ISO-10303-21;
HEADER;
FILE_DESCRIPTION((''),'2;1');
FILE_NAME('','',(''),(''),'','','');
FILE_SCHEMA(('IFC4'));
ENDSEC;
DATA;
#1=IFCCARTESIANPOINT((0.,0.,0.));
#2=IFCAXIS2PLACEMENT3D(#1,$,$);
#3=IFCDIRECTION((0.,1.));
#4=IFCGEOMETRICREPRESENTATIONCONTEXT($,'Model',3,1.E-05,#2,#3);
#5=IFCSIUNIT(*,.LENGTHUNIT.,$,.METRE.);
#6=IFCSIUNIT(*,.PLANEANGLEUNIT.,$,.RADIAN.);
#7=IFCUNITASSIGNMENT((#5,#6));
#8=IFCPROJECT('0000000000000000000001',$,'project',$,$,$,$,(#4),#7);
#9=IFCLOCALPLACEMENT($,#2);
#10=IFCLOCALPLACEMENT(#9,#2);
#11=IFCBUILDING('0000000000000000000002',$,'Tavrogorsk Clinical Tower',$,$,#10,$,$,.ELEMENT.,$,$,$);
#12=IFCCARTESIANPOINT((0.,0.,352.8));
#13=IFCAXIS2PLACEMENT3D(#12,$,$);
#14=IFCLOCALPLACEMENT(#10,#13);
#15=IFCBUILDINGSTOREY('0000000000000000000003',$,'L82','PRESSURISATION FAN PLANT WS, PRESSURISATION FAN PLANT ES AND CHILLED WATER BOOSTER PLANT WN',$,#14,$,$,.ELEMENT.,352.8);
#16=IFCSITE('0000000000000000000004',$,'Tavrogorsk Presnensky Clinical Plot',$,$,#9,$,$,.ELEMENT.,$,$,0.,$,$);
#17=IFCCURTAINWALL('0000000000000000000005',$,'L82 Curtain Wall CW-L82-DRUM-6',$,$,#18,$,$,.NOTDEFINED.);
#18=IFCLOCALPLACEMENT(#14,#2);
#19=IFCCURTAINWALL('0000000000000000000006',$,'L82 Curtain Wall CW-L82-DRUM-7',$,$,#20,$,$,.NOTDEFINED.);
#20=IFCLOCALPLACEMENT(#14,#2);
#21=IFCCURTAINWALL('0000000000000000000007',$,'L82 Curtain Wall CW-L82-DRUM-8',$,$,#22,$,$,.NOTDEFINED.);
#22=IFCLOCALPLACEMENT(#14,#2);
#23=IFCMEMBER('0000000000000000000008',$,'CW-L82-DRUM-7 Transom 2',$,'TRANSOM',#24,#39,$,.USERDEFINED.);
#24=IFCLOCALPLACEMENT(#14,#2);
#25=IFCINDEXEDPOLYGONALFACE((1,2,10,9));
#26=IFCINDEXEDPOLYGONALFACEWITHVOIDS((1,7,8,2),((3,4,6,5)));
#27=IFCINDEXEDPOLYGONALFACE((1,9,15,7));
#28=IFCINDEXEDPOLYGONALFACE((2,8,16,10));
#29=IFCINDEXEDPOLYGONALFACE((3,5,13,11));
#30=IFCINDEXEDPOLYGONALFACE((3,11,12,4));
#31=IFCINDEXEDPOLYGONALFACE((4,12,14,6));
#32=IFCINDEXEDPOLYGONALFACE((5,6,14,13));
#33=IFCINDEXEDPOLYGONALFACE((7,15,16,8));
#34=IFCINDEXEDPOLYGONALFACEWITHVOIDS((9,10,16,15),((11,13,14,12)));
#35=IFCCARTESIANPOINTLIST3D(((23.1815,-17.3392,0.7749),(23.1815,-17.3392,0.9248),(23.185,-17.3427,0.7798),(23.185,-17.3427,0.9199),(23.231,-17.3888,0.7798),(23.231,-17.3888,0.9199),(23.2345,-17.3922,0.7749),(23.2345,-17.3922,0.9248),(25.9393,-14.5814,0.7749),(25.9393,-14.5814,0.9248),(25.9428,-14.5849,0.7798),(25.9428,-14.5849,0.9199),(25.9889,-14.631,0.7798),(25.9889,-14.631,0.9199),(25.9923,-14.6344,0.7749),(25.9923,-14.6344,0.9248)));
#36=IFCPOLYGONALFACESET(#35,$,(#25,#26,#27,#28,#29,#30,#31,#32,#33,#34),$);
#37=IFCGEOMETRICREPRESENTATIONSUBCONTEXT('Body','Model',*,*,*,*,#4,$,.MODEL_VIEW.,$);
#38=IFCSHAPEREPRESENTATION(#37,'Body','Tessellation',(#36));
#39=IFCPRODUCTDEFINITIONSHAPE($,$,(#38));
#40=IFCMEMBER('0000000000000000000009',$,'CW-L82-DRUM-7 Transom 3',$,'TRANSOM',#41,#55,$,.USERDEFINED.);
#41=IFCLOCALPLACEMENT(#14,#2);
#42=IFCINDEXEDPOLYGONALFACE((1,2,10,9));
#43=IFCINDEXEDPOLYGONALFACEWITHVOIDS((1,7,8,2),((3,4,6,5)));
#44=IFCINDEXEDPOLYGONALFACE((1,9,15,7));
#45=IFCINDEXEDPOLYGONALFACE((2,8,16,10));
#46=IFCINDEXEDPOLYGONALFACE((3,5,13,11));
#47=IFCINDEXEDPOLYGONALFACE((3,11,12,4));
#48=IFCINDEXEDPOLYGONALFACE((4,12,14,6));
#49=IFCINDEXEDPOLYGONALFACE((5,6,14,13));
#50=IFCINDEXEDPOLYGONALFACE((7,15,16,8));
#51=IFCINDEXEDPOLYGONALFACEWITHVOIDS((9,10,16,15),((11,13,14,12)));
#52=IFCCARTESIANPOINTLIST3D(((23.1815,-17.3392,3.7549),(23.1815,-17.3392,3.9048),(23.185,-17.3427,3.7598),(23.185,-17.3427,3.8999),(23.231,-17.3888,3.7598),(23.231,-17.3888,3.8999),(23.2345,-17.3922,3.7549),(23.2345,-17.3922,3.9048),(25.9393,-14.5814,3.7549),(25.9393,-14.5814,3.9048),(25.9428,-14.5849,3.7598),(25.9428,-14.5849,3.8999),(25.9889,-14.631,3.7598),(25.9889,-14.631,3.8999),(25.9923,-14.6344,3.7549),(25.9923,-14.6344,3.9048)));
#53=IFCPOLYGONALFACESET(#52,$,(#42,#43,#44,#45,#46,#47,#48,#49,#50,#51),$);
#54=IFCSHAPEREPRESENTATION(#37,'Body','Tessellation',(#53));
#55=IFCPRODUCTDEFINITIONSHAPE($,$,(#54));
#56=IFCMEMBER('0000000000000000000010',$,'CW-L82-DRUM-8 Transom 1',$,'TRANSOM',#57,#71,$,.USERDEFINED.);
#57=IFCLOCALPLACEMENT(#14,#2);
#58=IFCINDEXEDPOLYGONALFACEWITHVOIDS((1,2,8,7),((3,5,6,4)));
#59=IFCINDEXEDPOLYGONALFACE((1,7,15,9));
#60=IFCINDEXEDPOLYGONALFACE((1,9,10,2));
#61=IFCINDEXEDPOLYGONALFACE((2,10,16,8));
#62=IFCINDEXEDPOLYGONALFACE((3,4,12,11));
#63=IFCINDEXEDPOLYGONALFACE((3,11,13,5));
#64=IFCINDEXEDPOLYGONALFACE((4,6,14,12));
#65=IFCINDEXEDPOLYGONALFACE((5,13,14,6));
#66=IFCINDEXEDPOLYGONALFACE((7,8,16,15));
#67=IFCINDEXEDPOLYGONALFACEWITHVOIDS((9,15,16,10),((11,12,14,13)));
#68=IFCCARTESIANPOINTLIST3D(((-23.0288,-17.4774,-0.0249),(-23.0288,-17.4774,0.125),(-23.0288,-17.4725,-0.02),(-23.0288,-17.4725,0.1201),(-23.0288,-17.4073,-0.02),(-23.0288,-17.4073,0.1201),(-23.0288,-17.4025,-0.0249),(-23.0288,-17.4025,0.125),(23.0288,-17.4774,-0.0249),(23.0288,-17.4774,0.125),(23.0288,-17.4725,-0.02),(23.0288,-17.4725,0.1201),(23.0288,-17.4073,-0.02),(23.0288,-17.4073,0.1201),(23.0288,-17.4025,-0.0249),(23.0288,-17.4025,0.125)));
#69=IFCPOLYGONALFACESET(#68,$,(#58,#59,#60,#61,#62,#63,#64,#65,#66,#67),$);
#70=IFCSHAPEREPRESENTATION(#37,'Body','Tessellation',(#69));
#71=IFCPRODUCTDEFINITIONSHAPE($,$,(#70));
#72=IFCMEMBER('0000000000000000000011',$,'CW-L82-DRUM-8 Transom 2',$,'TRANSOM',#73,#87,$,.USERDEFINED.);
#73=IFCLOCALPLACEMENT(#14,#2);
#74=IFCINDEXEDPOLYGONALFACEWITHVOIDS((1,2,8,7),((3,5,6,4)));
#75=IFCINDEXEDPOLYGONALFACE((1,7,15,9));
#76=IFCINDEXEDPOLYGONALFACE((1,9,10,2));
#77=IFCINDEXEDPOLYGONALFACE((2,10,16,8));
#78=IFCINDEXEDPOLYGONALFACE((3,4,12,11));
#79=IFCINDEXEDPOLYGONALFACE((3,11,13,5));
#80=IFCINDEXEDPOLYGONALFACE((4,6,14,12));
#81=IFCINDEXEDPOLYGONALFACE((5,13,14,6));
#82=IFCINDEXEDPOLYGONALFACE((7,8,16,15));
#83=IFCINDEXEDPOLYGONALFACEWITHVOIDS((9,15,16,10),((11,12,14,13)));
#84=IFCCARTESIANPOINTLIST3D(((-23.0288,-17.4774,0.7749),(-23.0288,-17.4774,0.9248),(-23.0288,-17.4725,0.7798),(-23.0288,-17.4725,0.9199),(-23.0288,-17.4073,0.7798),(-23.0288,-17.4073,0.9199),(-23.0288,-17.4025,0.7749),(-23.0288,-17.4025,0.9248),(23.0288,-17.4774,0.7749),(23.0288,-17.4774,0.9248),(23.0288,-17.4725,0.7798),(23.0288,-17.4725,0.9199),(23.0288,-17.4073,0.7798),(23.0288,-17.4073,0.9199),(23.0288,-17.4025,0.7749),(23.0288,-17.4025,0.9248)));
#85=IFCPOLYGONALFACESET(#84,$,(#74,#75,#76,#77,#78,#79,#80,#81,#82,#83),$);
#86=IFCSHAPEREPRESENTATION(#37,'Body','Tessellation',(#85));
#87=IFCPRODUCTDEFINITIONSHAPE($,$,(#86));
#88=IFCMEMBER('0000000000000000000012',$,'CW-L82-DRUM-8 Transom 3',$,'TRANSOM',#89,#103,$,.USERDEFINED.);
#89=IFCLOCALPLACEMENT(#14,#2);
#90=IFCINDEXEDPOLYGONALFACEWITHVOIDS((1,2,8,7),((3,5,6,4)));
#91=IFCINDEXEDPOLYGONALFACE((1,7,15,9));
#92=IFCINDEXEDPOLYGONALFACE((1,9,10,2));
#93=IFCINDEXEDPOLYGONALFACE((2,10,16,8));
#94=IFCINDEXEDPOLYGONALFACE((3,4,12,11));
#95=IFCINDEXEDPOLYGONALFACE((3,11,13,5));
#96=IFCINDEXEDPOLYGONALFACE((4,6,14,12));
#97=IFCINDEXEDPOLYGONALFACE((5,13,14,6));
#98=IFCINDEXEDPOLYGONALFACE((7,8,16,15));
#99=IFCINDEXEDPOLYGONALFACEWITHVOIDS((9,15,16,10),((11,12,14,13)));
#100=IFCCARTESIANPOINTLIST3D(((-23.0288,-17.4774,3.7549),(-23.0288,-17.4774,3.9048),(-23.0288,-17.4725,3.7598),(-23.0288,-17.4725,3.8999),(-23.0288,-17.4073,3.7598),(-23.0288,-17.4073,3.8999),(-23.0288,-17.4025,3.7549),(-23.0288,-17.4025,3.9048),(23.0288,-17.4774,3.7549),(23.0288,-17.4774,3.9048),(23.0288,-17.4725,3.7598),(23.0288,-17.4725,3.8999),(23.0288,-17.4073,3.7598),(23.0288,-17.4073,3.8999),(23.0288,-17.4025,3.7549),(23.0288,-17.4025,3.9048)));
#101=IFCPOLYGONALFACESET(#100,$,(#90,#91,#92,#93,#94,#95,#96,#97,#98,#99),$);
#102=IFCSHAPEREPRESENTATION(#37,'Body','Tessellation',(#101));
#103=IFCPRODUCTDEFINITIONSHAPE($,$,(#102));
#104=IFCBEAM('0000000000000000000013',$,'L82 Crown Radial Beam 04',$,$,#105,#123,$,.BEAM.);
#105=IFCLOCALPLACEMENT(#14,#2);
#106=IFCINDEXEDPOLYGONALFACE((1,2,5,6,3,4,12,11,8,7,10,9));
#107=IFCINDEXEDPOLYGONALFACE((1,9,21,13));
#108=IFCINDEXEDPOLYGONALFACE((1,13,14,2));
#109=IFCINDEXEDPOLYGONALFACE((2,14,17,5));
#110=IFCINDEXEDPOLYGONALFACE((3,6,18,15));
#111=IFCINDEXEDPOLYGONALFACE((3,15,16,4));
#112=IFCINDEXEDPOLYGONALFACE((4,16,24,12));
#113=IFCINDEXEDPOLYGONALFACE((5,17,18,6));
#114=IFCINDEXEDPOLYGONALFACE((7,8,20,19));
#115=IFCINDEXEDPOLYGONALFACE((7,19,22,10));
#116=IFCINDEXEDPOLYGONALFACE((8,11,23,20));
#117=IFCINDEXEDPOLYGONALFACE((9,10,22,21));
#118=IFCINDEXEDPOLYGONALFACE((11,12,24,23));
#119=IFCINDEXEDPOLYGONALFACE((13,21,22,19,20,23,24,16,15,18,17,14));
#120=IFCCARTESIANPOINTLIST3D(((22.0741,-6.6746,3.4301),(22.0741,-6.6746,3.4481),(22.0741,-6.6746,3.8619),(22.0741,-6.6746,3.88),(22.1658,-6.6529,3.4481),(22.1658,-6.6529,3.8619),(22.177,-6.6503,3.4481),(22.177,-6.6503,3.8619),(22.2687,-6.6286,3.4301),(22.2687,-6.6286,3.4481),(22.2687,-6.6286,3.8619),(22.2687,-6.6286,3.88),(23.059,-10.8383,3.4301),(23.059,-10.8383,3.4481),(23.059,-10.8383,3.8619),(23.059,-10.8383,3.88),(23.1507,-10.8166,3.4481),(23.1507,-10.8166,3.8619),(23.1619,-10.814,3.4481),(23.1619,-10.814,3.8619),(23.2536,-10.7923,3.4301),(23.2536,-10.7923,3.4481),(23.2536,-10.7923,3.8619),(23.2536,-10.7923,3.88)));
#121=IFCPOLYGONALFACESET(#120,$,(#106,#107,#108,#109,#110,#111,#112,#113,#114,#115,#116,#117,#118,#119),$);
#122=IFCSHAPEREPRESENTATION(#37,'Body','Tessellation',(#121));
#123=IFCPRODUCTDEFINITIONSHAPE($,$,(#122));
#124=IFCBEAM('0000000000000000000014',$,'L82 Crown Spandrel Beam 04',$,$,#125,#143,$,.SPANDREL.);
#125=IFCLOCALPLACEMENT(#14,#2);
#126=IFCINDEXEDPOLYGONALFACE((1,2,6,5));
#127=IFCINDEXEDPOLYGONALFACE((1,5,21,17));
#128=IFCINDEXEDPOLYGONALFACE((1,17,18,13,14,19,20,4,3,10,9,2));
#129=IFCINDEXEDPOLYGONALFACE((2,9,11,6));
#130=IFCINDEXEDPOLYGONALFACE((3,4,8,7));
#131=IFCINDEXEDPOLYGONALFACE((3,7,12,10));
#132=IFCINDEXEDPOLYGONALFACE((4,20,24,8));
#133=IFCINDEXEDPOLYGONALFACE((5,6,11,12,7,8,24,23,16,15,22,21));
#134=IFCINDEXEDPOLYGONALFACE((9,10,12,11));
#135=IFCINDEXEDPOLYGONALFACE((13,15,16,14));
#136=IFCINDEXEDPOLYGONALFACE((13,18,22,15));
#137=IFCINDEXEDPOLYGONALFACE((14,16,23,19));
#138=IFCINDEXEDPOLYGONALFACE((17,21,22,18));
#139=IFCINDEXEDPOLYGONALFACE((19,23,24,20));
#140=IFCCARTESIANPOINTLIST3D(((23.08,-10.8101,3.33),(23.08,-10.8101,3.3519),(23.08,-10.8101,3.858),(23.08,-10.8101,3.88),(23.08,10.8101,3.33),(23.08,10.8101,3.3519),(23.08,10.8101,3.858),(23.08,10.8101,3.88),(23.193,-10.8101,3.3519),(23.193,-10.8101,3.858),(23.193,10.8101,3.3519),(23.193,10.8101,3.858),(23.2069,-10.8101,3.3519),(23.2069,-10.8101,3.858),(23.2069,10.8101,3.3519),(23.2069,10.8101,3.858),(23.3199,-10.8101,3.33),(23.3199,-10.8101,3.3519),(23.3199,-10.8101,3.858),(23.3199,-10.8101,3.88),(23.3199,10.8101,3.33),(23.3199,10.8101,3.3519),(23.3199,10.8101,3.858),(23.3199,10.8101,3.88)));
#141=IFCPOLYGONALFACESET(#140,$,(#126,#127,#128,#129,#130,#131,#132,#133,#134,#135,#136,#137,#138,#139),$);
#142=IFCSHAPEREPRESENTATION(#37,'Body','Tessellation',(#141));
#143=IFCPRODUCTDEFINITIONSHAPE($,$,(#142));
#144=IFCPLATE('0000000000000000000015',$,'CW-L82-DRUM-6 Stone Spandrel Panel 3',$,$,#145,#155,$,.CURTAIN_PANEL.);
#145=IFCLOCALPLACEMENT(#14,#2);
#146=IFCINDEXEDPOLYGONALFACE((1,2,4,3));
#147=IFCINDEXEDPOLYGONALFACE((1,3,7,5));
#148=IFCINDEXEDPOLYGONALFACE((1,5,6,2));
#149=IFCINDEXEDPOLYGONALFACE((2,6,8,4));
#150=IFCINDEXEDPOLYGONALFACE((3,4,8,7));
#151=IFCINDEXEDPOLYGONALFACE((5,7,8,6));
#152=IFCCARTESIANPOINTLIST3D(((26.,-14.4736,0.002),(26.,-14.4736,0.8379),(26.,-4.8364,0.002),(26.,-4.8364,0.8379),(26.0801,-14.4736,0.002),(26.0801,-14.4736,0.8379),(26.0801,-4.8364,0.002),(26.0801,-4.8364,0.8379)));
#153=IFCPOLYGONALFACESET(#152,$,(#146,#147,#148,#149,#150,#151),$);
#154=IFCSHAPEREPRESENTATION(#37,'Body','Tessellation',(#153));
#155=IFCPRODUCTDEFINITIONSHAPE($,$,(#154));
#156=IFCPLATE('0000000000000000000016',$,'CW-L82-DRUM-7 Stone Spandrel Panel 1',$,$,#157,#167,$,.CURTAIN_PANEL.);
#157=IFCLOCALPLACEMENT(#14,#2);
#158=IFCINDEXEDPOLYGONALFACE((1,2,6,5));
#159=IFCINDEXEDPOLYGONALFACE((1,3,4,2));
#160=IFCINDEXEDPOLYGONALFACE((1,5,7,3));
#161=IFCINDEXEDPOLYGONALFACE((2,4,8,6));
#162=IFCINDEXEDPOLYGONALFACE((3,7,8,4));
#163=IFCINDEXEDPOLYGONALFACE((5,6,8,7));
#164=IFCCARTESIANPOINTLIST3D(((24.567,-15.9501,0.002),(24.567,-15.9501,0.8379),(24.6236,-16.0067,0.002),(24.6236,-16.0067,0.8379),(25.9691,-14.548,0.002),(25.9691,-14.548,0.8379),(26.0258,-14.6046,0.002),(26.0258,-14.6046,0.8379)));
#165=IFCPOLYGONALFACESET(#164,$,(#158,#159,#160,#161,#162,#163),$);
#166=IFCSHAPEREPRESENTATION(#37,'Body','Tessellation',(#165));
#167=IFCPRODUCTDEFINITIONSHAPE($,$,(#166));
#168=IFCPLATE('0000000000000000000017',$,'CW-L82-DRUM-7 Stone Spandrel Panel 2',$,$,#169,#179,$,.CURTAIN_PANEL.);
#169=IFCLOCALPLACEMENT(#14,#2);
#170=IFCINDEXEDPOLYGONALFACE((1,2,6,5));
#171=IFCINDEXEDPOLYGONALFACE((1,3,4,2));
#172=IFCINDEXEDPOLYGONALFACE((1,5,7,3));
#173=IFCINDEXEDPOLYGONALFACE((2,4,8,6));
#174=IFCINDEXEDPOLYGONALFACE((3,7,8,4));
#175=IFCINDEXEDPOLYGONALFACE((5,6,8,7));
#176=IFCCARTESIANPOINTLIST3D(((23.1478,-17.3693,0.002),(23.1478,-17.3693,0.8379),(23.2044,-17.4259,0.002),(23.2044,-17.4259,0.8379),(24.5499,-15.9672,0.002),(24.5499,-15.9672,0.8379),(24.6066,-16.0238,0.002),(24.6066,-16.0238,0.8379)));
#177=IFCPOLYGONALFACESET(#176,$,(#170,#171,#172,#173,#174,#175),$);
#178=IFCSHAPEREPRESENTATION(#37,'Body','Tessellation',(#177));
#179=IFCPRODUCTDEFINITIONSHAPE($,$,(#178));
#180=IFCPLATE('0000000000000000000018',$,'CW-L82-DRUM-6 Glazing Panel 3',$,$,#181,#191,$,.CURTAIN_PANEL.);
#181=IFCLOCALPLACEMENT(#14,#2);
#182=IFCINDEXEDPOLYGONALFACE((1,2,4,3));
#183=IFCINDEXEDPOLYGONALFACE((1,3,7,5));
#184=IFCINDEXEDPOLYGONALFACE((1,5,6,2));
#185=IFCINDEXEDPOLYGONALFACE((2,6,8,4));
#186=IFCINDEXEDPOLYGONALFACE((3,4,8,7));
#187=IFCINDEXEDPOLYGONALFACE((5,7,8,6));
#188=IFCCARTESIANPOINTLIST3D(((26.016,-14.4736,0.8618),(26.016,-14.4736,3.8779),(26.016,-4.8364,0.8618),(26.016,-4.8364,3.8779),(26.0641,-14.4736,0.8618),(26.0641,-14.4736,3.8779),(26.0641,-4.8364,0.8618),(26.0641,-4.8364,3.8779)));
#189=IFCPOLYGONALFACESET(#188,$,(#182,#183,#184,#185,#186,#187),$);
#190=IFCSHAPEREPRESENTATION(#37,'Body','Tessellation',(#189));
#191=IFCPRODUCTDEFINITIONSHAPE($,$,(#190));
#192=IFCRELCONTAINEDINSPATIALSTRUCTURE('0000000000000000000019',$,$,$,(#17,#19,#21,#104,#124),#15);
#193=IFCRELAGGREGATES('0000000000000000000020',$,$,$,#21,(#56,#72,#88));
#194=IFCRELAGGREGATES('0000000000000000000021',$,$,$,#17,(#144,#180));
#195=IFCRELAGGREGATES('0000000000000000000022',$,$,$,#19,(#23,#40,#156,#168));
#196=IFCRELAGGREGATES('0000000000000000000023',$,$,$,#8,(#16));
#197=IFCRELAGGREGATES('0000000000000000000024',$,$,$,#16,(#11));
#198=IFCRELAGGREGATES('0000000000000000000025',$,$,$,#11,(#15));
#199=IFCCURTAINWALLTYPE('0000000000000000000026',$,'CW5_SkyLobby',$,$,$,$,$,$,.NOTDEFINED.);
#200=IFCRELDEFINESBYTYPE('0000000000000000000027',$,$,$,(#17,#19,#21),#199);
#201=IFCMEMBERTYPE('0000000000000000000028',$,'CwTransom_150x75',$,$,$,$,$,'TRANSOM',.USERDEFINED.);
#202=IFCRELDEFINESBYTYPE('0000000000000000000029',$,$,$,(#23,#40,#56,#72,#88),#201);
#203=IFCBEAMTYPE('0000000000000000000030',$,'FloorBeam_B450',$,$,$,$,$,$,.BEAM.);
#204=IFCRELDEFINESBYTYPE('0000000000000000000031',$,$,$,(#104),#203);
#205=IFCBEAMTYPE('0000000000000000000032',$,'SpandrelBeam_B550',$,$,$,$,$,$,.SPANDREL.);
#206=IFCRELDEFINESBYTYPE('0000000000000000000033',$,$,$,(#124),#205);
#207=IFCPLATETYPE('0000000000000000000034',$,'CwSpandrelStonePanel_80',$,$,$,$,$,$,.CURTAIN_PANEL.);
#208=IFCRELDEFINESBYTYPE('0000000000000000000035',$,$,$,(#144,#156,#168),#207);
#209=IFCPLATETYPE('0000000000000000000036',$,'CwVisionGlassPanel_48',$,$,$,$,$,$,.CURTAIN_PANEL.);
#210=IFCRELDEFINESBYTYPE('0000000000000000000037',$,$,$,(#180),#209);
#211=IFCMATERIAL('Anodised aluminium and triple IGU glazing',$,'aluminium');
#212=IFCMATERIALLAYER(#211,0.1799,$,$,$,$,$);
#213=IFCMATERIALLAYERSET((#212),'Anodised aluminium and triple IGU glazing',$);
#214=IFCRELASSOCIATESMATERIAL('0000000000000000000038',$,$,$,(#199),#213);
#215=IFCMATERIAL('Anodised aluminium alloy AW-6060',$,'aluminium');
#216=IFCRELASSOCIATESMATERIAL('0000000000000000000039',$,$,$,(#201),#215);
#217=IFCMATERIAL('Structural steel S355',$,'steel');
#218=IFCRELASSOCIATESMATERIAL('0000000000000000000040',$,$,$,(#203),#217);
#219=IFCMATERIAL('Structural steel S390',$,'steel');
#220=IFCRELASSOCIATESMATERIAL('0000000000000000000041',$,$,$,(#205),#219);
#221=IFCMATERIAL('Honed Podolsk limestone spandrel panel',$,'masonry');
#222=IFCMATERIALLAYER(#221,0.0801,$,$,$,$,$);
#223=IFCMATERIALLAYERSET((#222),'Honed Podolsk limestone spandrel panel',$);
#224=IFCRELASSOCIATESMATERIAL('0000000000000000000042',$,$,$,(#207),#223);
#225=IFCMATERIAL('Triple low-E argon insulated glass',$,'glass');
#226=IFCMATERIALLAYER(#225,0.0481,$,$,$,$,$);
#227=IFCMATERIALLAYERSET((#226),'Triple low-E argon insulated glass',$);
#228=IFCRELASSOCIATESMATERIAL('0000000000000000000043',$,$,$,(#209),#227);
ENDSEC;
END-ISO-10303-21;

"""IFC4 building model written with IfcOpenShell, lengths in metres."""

from ifc_helpers import new_model, si_unit, direction, frame, origin, origin_2d, place, context, subcontext, project, spatial, rectangle, hollow_rectangle, i_section, extrude, material, layer, layer_set, material_profile, profile_set, type_object, element, aggregate, save


model = new_model("IFC4")

# Units and contexts
model_context = context("Model", 3, precision=1e-05, world=origin(), true_north=direction((0.0, 1.0)))
body_context = subcontext(model_context, "Body", "Model", "MODEL_VIEW")
ifc_project = project(units=[si_unit("LENGTHUNIT", "METRE"), si_unit("PLANEANGLEUNIT", "RADIAN")], contexts=[model_context])

# Site, building, storey
site_placement = place(None, origin())
site = spatial("IfcSite", under=ifc_project, at=site_placement, Name="Tavrogorsk Presnensky Clinical Plot", CompositionType="ELEMENT", RefElevation=0.0)
building_placement = place(site_placement, origin())
building = spatial("IfcBuilding", under=site, at=building_placement, Name="Tavrogorsk Clinical Tower", CompositionType="ELEMENT")
storey_placement = place(building_placement, frame((0.0, 0.0, 352.8)))
storey = spatial("IfcBuildingStorey", under=building, at=storey_placement, Name="L82", Description="PRESSURISATION FAN PLANT WS, PRESSURISATION FAN PLANT ES AND CHILLED WATER BOOSTER PLANT WN", CompositionType="ELEMENT", Elevation=352.8)

# Curtain walls
ifc_material_1 = material(Name="Anodised aluminium and triple IGU glazing", Category="aluminium")
ifc_layer_1 = layer(ifc_material_1, 0.1799)
ifc_layer_set_1 = layer_set([ifc_layer_1], Name="Anodised aluminium and triple IGU glazing")
curtain_wall_type = type_object("IfcCurtainWallType", Name="CW5_SkyLobby", PredefinedType="NOTDEFINED", material=ifc_layer_set_1)
curtain_wall_1_placement = place(storey_placement, origin())
curtain_wall_1 = element("IfcCurtainWall", 1, at=curtain_wall_1_placement, inside=storey, type_object=curtain_wall_type, Name="L82 Curtain Wall CW-L82-DRUM-6", PredefinedType="NOTDEFINED")
curtain_wall_2_placement = place(storey_placement, origin())
curtain_wall_2 = element("IfcCurtainWall", 2, at=curtain_wall_2_placement, inside=storey, type_object=curtain_wall_type, Name="L82 Curtain Wall CW-L82-DRUM-7", PredefinedType="NOTDEFINED")

# Curtain wall
curtain_wall_3_placement = place(storey_placement, origin())
curtain_wall_3 = element("IfcCurtainWall", 3, at=curtain_wall_3_placement, inside=storey, type_object=curtain_wall_type, Name="L82 Curtain Wall CW-L82-DRUM-8", PredefinedType="NOTDEFINED")

# Members
ifc_material_2 = material(Name="Anodised aluminium alloy AW-6060", Category="aluminium")
ifc_material_profile_1 = material_profile(ifc_material_2, hollow_rectangle(XDim=0.075, YDim=0.1499, WallThickness=0.0049, at=origin_2d()), Name="RHS-150x75x5")
ifc_profile_set_1 = profile_set([ifc_material_profile_1], Name="Anodised aluminium alloy AW-6060")
member_type_1 = type_object("IfcMemberType", Name="CwTransom_150x75", ElementType="TRANSOM", PredefinedType="USERDEFINED", material=ifc_profile_set_1)
member_1_placement = place(storey_placement, frame((25.9658, -14.6079, 0.8499), z_axis=(-0.707107, -0.707107, 0.0), x_axis=(0.707107, -0.707107, 0.0)))
member_1 = element("IfcMember", 4, at=member_1_placement, type_object=member_type_1, Name="CW-L82-DRUM-7 Transom 2", ObjectType="TRANSOM", PredefinedType="USERDEFINED", context=body_context, shape_type="SweptSolid", body=[
    extrude(hollow_rectangle(XDim=0.075, YDim=0.1499, WallThickness=0.0049, at=origin_2d()), origin(), (0.0, 0.0, 1.0), 3.9001),
])
member_2_placement = place(storey_placement, frame((25.9658, -14.6079, 3.8298), z_axis=(-0.707107, -0.707107, 0.0), x_axis=(0.707107, -0.707107, 0.0)))
member_2 = element("IfcMember", 5, at=member_2_placement, type_object=member_type_1, Name="CW-L82-DRUM-7 Transom 3", ObjectType="TRANSOM", PredefinedType="USERDEFINED", context=body_context, shape_type="SweptSolid", body=[
    extrude(hollow_rectangle(XDim=0.075, YDim=0.1499, WallThickness=0.0049, at=origin_2d()), origin(), (0.0, 0.0, 1.0), 3.9001),
])
member_3_placement = place(storey_placement, frame((23.0288, -17.4399, 0.05), z_axis=(-1.0, 0.0, 0.0), x_axis=(0.0, -1.0, 0.0)))
member_3 = element("IfcMember", 6, at=member_3_placement, type_object=member_type_1, Name="CW-L82-DRUM-8 Transom 1", ObjectType="TRANSOM", PredefinedType="USERDEFINED", context=body_context, shape_type="SweptSolid", body=[
    extrude(hollow_rectangle(XDim=0.075, YDim=0.1499, WallThickness=0.0049, at=origin_2d()), origin(), (0.0, 0.0, 1.0), 46.0576),
])
member_4_placement = place(storey_placement, frame((23.0288, -17.4399, 0.8499), z_axis=(-1.0, 0.0, 0.0), x_axis=(0.0, -1.0, 0.0)))
member_4 = element("IfcMember", 7, at=member_4_placement, type_object=member_type_1, Name="CW-L82-DRUM-8 Transom 2", ObjectType="TRANSOM", PredefinedType="USERDEFINED", context=body_context, shape_type="SweptSolid", body=[
    extrude(hollow_rectangle(XDim=0.075, YDim=0.1499, WallThickness=0.0049, at=origin_2d()), origin(), (0.0, 0.0, 1.0), 46.0576),
])
member_5_placement = place(storey_placement, frame((23.0288, -17.4399, 3.8298), z_axis=(-1.0, 0.0, 0.0), x_axis=(0.0, -1.0, 0.0)))
member_5 = element("IfcMember", 8, at=member_5_placement, type_object=member_type_1, Name="CW-L82-DRUM-8 Transom 3", ObjectType="TRANSOM", PredefinedType="USERDEFINED", context=body_context, shape_type="SweptSolid", body=[
    extrude(hollow_rectangle(XDim=0.075, YDim=0.1499, WallThickness=0.0049, at=origin_2d()), origin(), (0.0, 0.0, 1.0), 46.0576),
])
aggregate(curtain_wall_3, [member_3, member_4, member_5])

# Beams
ifc_material_3 = material(Name="Structural steel S355", Category="steel")
ifc_material_profile_2 = material_profile(ifc_material_3, i_section(OverallWidth=0.2, OverallDepth=0.45, WebThickness=0.0115, FlangeThickness=0.0181, at=origin_2d()), Name="B-450x200x11.5x18")
ifc_profile_set_2 = profile_set([ifc_material_profile_2], Name="Structural steel S355")
beam_type_1 = type_object("IfcBeamType", Name="FloorBeam_B450", PredefinedType="BEAM", material=ifc_profile_set_2)
beam_1_placement = place(storey_placement, frame((22.1714, -6.6516, 3.655), z_axis=(0.230191, -0.973146, 0.0), x_axis=(0.973146, 0.230191, 0.0)))
element("IfcBeam", 9, at=beam_1_placement, inside=storey, type_object=beam_type_1, Name="L82 Crown Radial Beam 04", PredefinedType="BEAM", context=body_context, shape_type="SweptSolid", body=[
    extrude(i_section(OverallWidth=0.2, OverallDepth=0.45, WebThickness=0.0115, FlangeThickness=0.0181, at=origin_2d()), origin(), (0.0, 0.0, 1.0), 4.2786),
])
ifc_material_4 = material(Name="Structural steel S390", Category="steel")
ifc_material_profile_3 = material_profile(ifc_material_4, i_section(OverallWidth=0.24, OverallDepth=0.55, WebThickness=0.0139, FlangeThickness=0.022, at=origin_2d()), Name="B-550x240x14x22")
ifc_profile_set_3 = profile_set([ifc_material_profile_3], Name="Structural steel S390")
beam_type_2 = type_object("IfcBeamType", Name="SpandrelBeam_B550", PredefinedType="SPANDREL", material=ifc_profile_set_3)
beam_2_placement = place(storey_placement, frame((23.2, -10.8101, 3.605), z_axis=(0.0, 1.0, 0.0), x_axis=(-1.0, 0.0, 0.0)))
element("IfcBeam", 10, at=beam_2_placement, inside=storey, type_object=beam_type_2, Name="L82 Crown Spandrel Beam 04", PredefinedType="SPANDREL", context=body_context, shape_type="SweptSolid", body=[
    extrude(i_section(OverallWidth=0.24, OverallDepth=0.55, WebThickness=0.0139, FlangeThickness=0.022, at=origin_2d()), origin(), (0.0, 0.0, 1.0), 21.6201),
])

# Plates
ifc_material_5 = material(Name="Honed Podolsk limestone spandrel panel", Category="masonry")
ifc_layer_2 = layer(ifc_material_5, 0.0801)
ifc_layer_set_2 = layer_set([ifc_layer_2], Name="Honed Podolsk limestone spandrel panel")
plate_type_1 = type_object("IfcPlateType", Name="CwSpandrelStonePanel_80", PredefinedType="CURTAIN_PANEL", material=ifc_layer_set_2)
plate_1_placement = place(storey_placement, frame((26.04, -9.655, 0.002), z_axis=(0.0, 0.0, 1.0), x_axis=(0.0, -1.0, 0.0)))
plate_1 = element("IfcPlate", 11, at=plate_1_placement, type_object=plate_type_1, Name="CW-L82-DRUM-6 Stone Spandrel Panel 3", PredefinedType="CURTAIN_PANEL", context=body_context, shape_type="SweptSolid", body=[
    extrude(rectangle(XDim=9.6372, YDim=0.0801, at=origin_2d()), origin(), (0.0, 0.0, 1.0), 0.8359),
])
plate_2_placement = place(storey_placement, frame((25.2964, -15.2773, 0.002), z_axis=(0.0, 0.0, 1.0), x_axis=(-0.707107, -0.707107, 0.0)))
plate_2 = element("IfcPlate", 12, at=plate_2_placement, type_object=plate_type_1, Name="CW-L82-DRUM-7 Stone Spandrel Panel 1", PredefinedType="CURTAIN_PANEL", context=body_context, shape_type="SweptSolid", body=[
    extrude(rectangle(XDim=1.9829, YDim=0.0801, at=origin_2d()), origin(), (0.0, 0.0, 1.0), 0.8359),
])
plate_3_placement = place(storey_placement, frame((23.8772, -16.6965, 0.002), z_axis=(0.0, 0.0, 1.0), x_axis=(-0.707107, -0.707107, 0.0)))
plate_3 = element("IfcPlate", 13, at=plate_3_placement, type_object=plate_type_1, Name="CW-L82-DRUM-7 Stone Spandrel Panel 2", PredefinedType="CURTAIN_PANEL", context=body_context, shape_type="SweptSolid", body=[
    extrude(rectangle(XDim=1.9829, YDim=0.0801, at=origin_2d()), origin(), (0.0, 0.0, 1.0), 0.8359),
])
ifc_material_6 = material(Name="Triple low-E argon insulated glass", Category="glass")
ifc_layer_3 = layer(ifc_material_6, 0.0481)
ifc_layer_set_3 = layer_set([ifc_layer_3], Name="Triple low-E argon insulated glass")
plate_type_2 = type_object("IfcPlateType", Name="CwVisionGlassPanel_48", PredefinedType="CURTAIN_PANEL", material=ifc_layer_set_3)
plate_4_placement = place(storey_placement, frame((26.04, -9.655, 0.8618), z_axis=(0.0, 0.0, 1.0), x_axis=(0.0, -1.0, 0.0)))
plate_4 = element("IfcPlate", 14, at=plate_4_placement, type_object=plate_type_2, Name="CW-L82-DRUM-6 Glazing Panel 3", PredefinedType="CURTAIN_PANEL", context=body_context, shape_type="SweptSolid", body=[
    extrude(rectangle(XDim=9.6372, YDim=0.0481, at=origin_2d()), origin(), (0.0, 0.0, 1.0), 3.0161),
])
aggregate(curtain_wall_1, [plate_1, plate_4])
aggregate(curtain_wall_2, [member_1, member_2, plate_2, plate_3])

save(model, "model.ifc")
